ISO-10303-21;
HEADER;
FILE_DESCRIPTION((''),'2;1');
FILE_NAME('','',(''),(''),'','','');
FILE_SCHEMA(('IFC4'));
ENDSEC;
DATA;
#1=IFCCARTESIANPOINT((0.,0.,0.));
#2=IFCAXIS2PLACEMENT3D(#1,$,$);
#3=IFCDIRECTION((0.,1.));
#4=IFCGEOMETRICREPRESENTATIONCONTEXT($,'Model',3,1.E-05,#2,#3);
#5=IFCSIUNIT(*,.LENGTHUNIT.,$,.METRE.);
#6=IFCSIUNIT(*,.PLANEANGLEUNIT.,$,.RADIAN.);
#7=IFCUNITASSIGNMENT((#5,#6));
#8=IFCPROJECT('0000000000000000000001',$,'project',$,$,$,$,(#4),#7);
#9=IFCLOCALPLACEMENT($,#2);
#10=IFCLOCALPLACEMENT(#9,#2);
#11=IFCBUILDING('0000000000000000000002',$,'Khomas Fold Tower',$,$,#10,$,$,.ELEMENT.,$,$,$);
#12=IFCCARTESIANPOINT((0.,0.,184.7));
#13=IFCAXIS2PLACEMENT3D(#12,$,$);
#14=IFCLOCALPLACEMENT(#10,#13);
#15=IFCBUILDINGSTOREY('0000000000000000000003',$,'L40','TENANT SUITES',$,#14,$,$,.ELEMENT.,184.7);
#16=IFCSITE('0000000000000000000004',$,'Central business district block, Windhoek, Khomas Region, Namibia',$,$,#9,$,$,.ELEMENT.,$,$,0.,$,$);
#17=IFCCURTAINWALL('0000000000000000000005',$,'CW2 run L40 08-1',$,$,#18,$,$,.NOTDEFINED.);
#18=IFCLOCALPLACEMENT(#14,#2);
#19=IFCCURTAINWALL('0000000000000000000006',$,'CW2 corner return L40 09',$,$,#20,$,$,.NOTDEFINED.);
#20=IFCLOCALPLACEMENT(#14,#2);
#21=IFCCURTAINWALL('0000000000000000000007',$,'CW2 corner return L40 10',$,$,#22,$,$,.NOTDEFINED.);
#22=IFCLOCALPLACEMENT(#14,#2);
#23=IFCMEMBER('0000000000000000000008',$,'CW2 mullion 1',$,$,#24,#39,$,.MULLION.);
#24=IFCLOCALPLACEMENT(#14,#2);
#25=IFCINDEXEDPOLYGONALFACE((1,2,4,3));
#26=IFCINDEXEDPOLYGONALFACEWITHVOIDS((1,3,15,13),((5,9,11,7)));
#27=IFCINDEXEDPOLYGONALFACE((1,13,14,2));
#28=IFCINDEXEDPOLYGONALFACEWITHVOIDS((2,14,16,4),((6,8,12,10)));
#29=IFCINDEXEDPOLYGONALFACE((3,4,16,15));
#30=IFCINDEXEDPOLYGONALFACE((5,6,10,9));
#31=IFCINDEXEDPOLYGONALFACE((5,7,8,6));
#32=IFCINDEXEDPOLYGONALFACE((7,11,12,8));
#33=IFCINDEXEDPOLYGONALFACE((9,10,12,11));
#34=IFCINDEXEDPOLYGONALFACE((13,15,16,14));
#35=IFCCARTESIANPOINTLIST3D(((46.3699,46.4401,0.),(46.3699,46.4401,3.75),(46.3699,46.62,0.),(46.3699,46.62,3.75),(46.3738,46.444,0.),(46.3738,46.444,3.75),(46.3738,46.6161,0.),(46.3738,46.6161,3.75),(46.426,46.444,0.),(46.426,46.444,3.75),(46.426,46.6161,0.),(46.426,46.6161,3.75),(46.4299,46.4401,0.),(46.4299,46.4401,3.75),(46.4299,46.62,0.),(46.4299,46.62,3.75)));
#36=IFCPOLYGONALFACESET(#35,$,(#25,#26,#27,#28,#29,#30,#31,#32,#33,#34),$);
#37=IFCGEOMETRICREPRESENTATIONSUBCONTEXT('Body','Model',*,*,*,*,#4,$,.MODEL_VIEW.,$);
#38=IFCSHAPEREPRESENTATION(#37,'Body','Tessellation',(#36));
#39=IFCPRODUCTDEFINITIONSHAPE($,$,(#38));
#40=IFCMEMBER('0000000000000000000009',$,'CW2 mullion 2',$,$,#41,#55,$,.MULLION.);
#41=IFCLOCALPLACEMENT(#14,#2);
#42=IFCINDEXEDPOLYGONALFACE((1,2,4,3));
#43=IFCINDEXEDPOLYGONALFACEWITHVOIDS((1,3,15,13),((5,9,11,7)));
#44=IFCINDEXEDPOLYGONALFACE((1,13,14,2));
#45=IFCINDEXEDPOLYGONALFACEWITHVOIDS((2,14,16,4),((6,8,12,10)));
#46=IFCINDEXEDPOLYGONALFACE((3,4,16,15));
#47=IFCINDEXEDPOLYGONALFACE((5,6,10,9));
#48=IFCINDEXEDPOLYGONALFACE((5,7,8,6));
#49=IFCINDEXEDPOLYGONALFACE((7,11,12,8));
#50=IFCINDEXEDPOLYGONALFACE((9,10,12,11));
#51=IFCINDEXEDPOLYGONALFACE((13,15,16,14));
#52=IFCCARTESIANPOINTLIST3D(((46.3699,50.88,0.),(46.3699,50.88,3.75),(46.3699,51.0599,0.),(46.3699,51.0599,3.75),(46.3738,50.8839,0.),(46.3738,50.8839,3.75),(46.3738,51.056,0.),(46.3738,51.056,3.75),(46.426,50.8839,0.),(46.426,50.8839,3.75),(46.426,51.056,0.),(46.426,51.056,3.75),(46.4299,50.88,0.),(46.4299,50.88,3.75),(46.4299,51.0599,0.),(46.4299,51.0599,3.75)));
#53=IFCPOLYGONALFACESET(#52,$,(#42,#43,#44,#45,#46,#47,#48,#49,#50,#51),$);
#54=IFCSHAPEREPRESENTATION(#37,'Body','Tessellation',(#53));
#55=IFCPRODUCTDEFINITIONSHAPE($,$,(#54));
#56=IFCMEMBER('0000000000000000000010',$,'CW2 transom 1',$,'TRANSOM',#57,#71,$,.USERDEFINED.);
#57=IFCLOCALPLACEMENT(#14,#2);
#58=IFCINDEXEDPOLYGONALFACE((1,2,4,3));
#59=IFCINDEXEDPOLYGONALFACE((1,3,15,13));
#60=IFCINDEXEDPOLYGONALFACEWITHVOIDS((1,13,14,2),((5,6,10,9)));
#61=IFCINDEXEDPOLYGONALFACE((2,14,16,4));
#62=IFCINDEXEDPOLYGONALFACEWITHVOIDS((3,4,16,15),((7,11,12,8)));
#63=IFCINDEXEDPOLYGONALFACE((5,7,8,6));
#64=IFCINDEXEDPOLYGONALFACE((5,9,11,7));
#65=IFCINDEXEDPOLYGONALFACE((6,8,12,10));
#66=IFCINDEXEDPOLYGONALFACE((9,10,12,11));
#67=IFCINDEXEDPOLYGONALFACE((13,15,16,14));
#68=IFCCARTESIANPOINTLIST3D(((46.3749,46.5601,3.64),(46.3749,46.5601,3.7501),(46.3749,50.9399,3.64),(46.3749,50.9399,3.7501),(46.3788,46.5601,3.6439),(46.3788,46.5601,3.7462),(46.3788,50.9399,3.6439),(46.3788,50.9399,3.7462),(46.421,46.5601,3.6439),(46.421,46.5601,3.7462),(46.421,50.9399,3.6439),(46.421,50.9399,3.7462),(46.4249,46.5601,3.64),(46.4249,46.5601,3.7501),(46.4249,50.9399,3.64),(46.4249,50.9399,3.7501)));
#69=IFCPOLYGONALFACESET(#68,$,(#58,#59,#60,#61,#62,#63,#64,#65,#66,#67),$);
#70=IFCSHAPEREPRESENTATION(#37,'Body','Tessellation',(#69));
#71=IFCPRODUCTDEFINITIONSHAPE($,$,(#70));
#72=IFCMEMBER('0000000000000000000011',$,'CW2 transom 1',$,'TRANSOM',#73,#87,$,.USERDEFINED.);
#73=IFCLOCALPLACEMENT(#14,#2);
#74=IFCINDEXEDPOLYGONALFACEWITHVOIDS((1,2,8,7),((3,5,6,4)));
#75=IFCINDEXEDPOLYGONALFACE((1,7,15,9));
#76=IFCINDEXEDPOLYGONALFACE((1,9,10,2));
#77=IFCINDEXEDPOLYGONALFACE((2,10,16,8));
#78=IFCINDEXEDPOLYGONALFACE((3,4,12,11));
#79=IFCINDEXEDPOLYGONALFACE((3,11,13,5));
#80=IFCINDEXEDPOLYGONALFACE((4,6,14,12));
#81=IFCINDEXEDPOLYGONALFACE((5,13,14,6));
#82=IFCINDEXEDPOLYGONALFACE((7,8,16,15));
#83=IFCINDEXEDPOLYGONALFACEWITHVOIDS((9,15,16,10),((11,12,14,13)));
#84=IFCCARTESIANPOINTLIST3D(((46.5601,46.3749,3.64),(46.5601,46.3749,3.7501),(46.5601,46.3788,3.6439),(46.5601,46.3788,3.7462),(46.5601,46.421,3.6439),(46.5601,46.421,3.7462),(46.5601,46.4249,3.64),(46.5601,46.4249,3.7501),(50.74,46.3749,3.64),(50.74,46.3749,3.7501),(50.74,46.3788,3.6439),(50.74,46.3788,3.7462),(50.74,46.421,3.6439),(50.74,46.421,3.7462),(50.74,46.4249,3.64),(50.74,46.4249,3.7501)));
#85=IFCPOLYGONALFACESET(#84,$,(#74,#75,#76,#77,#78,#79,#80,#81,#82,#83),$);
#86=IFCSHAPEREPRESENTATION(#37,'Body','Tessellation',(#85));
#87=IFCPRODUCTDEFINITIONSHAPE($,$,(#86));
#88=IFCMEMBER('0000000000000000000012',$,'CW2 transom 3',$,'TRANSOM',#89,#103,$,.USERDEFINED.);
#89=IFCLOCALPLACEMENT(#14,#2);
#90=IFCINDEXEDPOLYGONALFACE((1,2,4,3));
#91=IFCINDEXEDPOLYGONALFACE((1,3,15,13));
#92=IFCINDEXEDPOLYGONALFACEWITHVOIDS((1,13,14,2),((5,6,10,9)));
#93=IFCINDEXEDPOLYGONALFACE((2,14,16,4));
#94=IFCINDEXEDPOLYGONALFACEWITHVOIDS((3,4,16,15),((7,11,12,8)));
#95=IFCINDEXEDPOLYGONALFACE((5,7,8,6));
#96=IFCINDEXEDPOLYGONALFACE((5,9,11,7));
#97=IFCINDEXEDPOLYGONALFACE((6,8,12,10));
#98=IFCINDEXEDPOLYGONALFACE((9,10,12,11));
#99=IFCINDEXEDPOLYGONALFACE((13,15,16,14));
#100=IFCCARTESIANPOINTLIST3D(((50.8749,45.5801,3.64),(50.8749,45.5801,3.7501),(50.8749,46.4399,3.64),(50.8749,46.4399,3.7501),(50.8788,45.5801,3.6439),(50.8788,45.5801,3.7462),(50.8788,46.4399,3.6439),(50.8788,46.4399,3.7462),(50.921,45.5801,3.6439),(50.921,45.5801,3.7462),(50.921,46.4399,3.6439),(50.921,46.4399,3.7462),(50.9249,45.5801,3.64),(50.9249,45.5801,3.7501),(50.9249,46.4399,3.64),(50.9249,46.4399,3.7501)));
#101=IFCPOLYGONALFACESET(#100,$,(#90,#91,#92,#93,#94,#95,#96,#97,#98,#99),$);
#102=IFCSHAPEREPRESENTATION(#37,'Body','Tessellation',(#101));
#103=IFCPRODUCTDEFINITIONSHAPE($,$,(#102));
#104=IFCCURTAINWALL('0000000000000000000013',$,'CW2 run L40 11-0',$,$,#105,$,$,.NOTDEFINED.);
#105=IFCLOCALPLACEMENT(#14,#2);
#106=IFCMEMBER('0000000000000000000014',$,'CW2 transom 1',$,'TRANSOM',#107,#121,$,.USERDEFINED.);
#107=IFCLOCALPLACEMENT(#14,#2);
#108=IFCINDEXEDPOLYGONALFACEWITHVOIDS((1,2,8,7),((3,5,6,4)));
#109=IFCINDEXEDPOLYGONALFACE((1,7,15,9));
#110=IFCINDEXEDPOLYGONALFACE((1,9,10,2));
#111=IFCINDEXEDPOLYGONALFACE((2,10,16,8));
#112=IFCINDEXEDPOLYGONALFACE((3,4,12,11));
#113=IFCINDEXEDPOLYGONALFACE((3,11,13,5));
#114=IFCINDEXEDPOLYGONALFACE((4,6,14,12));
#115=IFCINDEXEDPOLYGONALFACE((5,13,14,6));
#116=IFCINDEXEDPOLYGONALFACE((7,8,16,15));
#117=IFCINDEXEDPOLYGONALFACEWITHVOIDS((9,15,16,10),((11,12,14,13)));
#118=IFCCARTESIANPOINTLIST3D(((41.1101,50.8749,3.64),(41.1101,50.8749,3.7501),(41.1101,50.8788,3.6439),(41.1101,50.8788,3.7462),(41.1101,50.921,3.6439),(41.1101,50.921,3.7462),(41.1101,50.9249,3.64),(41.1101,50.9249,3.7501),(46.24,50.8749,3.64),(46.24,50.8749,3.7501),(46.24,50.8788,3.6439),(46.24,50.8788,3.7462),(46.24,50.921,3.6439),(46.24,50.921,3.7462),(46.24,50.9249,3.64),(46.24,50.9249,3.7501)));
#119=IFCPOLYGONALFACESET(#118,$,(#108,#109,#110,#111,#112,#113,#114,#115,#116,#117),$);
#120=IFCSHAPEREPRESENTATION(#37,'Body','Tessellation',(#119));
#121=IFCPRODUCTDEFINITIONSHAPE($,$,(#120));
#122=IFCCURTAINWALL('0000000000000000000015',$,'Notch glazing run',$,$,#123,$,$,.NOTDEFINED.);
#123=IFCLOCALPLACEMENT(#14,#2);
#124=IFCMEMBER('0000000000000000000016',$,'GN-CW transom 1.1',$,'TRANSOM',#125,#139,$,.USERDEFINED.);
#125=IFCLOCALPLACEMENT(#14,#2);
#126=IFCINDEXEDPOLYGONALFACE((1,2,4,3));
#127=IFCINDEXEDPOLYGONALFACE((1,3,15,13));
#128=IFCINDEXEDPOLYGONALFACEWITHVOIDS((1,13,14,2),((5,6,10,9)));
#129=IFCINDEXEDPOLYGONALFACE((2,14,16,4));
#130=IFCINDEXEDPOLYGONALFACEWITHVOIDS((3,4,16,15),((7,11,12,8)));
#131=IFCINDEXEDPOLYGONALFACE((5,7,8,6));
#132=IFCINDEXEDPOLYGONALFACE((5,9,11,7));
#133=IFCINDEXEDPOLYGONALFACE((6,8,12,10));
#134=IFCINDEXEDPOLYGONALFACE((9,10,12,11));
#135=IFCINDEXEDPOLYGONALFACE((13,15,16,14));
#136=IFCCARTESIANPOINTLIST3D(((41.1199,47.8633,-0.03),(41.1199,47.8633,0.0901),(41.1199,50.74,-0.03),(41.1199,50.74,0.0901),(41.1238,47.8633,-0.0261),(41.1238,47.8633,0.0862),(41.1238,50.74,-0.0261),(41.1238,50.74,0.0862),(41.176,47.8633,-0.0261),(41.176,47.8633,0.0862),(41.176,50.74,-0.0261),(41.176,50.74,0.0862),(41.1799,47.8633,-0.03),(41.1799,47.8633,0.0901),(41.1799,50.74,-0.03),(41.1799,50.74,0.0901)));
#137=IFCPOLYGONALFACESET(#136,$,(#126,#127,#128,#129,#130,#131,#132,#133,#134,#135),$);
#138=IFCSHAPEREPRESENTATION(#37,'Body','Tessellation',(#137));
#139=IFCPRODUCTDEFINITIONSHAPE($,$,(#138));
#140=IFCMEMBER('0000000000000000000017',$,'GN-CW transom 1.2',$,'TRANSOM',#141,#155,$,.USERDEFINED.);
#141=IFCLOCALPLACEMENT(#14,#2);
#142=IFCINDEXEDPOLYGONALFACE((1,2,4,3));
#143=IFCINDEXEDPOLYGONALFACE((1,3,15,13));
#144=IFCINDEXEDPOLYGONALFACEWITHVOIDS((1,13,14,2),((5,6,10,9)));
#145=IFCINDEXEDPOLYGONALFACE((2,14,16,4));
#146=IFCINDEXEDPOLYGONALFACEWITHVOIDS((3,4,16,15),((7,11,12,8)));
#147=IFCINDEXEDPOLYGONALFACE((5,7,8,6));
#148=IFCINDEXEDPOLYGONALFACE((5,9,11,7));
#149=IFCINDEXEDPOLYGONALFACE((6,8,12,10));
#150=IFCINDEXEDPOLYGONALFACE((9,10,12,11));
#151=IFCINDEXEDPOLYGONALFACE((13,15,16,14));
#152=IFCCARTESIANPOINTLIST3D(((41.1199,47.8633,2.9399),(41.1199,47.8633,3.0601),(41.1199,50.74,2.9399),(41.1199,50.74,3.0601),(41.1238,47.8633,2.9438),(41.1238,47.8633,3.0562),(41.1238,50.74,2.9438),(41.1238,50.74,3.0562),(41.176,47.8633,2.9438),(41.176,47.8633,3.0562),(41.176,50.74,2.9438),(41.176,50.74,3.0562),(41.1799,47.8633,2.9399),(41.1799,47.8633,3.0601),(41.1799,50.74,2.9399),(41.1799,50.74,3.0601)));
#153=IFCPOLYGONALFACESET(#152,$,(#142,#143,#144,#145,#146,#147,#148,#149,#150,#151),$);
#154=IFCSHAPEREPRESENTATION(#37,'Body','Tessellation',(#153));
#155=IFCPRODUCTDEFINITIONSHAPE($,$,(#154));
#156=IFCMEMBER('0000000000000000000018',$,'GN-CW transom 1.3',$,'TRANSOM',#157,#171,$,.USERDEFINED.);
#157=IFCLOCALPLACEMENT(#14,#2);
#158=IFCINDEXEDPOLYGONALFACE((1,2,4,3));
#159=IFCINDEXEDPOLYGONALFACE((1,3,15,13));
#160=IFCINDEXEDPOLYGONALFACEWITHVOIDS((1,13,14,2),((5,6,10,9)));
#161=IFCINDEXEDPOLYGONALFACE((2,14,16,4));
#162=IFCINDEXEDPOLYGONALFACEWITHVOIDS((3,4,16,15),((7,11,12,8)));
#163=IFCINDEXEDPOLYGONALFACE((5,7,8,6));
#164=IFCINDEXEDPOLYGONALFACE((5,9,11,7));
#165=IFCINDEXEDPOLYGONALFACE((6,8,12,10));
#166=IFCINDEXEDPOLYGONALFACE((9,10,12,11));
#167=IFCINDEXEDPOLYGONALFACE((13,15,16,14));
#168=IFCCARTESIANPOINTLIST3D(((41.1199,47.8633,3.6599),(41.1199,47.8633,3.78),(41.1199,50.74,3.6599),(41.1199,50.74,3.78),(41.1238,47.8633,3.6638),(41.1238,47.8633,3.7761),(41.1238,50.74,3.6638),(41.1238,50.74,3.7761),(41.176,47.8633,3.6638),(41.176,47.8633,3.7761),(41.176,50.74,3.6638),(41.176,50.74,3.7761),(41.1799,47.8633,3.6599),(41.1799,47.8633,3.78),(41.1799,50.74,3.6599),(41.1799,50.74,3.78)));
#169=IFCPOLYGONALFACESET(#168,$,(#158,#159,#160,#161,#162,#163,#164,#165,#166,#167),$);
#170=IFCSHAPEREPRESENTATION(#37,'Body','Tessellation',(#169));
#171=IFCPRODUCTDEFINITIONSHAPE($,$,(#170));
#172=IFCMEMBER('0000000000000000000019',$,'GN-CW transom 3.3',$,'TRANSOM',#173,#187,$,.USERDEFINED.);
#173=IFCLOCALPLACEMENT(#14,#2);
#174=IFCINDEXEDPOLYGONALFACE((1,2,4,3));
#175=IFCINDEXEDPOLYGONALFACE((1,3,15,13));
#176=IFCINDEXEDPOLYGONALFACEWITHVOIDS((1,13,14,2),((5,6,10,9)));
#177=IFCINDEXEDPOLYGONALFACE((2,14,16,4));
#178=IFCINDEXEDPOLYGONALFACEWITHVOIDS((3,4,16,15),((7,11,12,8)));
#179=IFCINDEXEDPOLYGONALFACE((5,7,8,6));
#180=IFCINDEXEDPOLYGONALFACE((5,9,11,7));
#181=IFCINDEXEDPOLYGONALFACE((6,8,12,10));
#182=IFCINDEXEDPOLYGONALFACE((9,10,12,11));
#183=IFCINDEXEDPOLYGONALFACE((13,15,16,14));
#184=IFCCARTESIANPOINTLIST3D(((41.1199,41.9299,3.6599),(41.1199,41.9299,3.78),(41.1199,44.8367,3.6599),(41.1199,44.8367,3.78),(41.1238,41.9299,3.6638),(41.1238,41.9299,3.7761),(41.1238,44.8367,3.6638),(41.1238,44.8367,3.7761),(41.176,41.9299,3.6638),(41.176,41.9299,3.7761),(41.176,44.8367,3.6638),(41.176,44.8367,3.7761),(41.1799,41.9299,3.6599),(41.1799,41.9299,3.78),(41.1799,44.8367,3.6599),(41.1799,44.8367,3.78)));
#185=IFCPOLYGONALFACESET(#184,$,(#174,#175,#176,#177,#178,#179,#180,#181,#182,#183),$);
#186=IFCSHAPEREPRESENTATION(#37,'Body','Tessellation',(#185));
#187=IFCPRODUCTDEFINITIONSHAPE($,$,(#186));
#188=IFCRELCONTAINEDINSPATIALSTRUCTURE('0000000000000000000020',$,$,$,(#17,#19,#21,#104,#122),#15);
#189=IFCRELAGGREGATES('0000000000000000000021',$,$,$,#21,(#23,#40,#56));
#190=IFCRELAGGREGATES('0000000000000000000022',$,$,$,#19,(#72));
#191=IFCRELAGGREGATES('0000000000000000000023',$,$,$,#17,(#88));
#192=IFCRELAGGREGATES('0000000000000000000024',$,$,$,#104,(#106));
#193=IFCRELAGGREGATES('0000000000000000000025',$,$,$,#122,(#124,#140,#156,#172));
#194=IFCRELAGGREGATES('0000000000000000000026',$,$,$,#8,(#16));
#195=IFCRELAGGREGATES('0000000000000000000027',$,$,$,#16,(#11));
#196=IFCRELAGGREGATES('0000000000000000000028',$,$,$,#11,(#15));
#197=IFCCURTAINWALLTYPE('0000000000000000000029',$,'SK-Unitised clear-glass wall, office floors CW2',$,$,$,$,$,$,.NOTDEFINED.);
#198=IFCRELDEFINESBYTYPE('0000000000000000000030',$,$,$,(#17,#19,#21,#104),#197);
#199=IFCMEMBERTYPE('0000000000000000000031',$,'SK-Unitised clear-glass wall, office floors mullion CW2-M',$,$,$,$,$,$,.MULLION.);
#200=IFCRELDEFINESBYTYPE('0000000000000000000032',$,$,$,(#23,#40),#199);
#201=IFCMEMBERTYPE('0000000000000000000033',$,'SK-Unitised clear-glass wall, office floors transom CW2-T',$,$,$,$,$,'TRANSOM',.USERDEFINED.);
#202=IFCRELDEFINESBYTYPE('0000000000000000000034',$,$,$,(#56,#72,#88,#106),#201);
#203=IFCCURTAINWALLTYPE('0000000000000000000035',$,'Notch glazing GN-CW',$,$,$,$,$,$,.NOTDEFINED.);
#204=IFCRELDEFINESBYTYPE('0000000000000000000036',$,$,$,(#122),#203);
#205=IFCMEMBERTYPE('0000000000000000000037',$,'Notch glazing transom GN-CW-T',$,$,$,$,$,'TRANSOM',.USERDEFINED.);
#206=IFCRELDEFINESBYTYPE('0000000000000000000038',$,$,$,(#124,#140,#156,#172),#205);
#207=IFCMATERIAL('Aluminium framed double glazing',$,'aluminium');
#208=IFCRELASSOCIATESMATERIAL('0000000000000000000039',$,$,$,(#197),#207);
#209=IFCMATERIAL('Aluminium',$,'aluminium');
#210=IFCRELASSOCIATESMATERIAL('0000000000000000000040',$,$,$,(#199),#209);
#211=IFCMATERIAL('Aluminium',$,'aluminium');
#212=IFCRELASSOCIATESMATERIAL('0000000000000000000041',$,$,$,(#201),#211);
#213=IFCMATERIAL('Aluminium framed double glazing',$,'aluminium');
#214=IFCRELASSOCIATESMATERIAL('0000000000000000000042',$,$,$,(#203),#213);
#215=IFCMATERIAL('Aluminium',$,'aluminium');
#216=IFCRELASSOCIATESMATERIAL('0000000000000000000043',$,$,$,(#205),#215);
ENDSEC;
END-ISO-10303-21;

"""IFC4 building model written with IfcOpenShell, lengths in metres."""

from ifc_helpers import new_model, si_unit, direction, frame, origin, origin_2d, place, context, subcontext, project, spatial, hollow_rectangle, extrude, source, transform, mapped, material, material_profile, profile_set, type_object, element, aggregate, save


model = new_model("IFC4")

# Units and contexts
model_context = context("Model", 3, precision=1e-05, world=origin(), true_north=direction((0.0, 1.0)))
body_context = subcontext(model_context, "Body", "Model", "MODEL_VIEW")
ifc_project = project(units=[si_unit("LENGTHUNIT", "METRE"), si_unit("PLANEANGLEUNIT", "RADIAN")], contexts=[model_context])

# Site, building, storey
site_placement = place(None, origin())
site = spatial("IfcSite", under=ifc_project, at=site_placement, Name="Central business district block, Windhoek, Khomas Region, Namibia", CompositionType="ELEMENT", RefElevation=0.0)
building_placement = place(site_placement, origin())
building = spatial("IfcBuilding", under=site, at=building_placement, Name="Khomas Fold Tower", CompositionType="ELEMENT")
storey_placement = place(building_placement, frame((0.0, 0.0, 184.7)))
storey = spatial("IfcBuildingStorey", under=building, at=storey_placement, Name="L40", Description="TENANT SUITES", CompositionType="ELEMENT", Elevation=184.7)

# Curtain walls, members
ifc_material_1 = material(Name="Aluminium framed double glazing", Category="aluminium")
curtain_wall_type_1 = type_object("IfcCurtainWallType", Name="SK-Unitised clear-glass wall, office floors CW2", PredefinedType="NOTDEFINED", material=ifc_material_1)
curtain_wall_1_placement = place(storey_placement, origin())
curtain_wall_1 = element("IfcCurtainWall", 1, at=curtain_wall_1_placement, inside=storey, type_object=curtain_wall_type_1, Name="CW2 run L40 08-1", PredefinedType="NOTDEFINED")
ifc_material_2 = material(Name="Aluminium", Category="aluminium")
ifc_material_profile_1 = material_profile(ifc_material_2, hollow_rectangle(XDim=0.0601, YDim=0.1799, WallThickness=0.0039, at=origin_2d()), Name="SK-Unitised clear-glass wall, office floors mullion CW2-M")
ifc_profile_set_1 = profile_set([ifc_material_profile_1], Name="Aluminium")
member_type_1 = type_object("IfcMemberType", Name="SK-Unitised clear-glass wall, office floors mullion CW2-M", PredefinedType="MULLION", material=ifc_profile_set_1)
shared_shape_1 = source(origin(), body_context, "Body", "SweptSolid", [
    extrude(hollow_rectangle(XDim=0.0601, YDim=0.1799, WallThickness=0.0039, at=origin_2d()), origin(), (0.0, 0.0, 1.0), 3.75),
])
curtain_wall_2_placement = place(storey_placement, origin())
curtain_wall_2 = element("IfcCurtainWall", 2, at=curtain_wall_2_placement, inside=storey, type_object=curtain_wall_type_1, Name="CW2 corner return L40 09", PredefinedType="NOTDEFINED")
curtain_wall_3_placement = place(storey_placement, origin())
curtain_wall_3 = element("IfcCurtainWall", 3, at=curtain_wall_3_placement, inside=storey, type_object=curtain_wall_type_1, Name="CW2 corner return L40 10", PredefinedType="NOTDEFINED")
member_1_placement = place(storey_placement, frame((46.3999, 46.53, 0.0), z_axis=(0.0, 0.0, 1.0), x_axis=(-1.0, 0.0, 0.0)))
member_1 = element("IfcMember", 4, at=member_1_placement, type_object=member_type_1, Name="CW2 mullion 1", PredefinedType="MULLION", context=body_context, shape_type="MappedRepresentation", body=[
    mapped(shared_shape_1, transform((0.0, 0.0, 0.0))),
])
member_2_placement = place(storey_placement, frame((46.3999, 50.97, 0.0), z_axis=(0.0, 0.0, 1.0), x_axis=(-1.0, 0.0, 0.0)))
member_2 = element("IfcMember", 5, at=member_2_placement, type_object=member_type_1, Name="CW2 mullion 2", PredefinedType="MULLION", context=body_context, shape_type="MappedRepresentation", body=[
    mapped(shared_shape_1, transform((0.0, 0.0, 0.0))),
])
ifc_material_3 = material(Name="Aluminium", Category="aluminium")
ifc_material_profile_2 = material_profile(ifc_material_3, hollow_rectangle(XDim=0.05, YDim=0.1101, WallThickness=0.0039, at=origin_2d()), Name="SK-Unitised clear-glass wall, office floors transom CW2-T")
ifc_profile_set_2 = profile_set([ifc_material_profile_2], Name="Aluminium")
member_type_2 = type_object("IfcMemberType", Name="SK-Unitised clear-glass wall, office floors transom CW2-T", ElementType="TRANSOM", PredefinedType="USERDEFINED", material=ifc_profile_set_2)
shared_shape_2 = source(origin(), body_context, "Body", "SweptSolid", [
    extrude(hollow_rectangle(XDim=0.05, YDim=0.1101, WallThickness=0.0039, at=origin_2d()), origin(), (0.0, 0.0, 1.0), 4.3799),
])
member_3_placement = place(storey_placement, frame((46.3999, 46.5601, 3.6951), z_axis=(0.0, 1.0, 0.0), x_axis=(-1.0, 0.0, 0.0)))
member_3 = element("IfcMember", 6, at=member_3_placement, type_object=member_type_2, Name="CW2 transom 1", ObjectType="TRANSOM", PredefinedType="USERDEFINED", context=body_context, shape_type="MappedRepresentation", body=[
    mapped(shared_shape_2, transform((0.0, 0.0, 0.0))),
])

# Members
shared_shape_3 = source(origin(), body_context, "Body", "SweptSolid", [
    extrude(hollow_rectangle(XDim=0.05, YDim=0.1101, WallThickness=0.0039, at=origin_2d()), origin(), (0.0, 0.0, 1.0), 4.1799),
])
member_4_placement = place(storey_placement, frame((50.74, 46.3999, 3.6951), z_axis=(-1.0, 0.0, 0.0), x_axis=(0.0, -1.0, 0.0)))
member_4 = element("IfcMember", 7, at=member_4_placement, type_object=member_type_2, Name="CW2 transom 1", ObjectType="TRANSOM", PredefinedType="USERDEFINED", context=body_context, shape_type="MappedRepresentation", body=[
    mapped(shared_shape_3, transform((0.0, 0.0, 0.0))),
])
shared_shape_4 = source(origin(), body_context, "Body", "SweptSolid", [
    extrude(hollow_rectangle(XDim=0.05, YDim=0.1101, WallThickness=0.0039, at=origin_2d()), origin(), (0.0, 0.0, 1.0), 0.8599),
])
member_5_placement = place(storey_placement, frame((50.8999, 45.5801, 3.6951), z_axis=(0.0, 1.0, 0.0), x_axis=(-1.0, 0.0, 0.0)))
member_5 = element("IfcMember", 8, at=member_5_placement, type_object=member_type_2, Name="CW2 transom 3", ObjectType="TRANSOM", PredefinedType="USERDEFINED", context=body_context, shape_type="MappedRepresentation", body=[
    mapped(shared_shape_4, transform((0.0, 0.0, 0.0))),
])

# Curtain wall, member
curtain_wall_4_placement = place(storey_placement, origin())
curtain_wall_4 = element("IfcCurtainWall", 9, at=curtain_wall_4_placement, inside=storey, type_object=curtain_wall_type_1, Name="CW2 run L40 11-0", PredefinedType="NOTDEFINED")
shared_shape_5 = source(origin(), body_context, "Body", "SweptSolid", [
    extrude(hollow_rectangle(XDim=0.05, YDim=0.1101, WallThickness=0.0039, at=origin_2d()), origin(), (0.0, 0.0, 1.0), 5.1299),
])
member_6_placement = place(storey_placement, frame((46.24, 50.8999, 3.6951), z_axis=(-1.0, 0.0, 0.0), x_axis=(0.0, -1.0, 0.0)))
member_6 = element("IfcMember", 10, at=member_6_placement, type_object=member_type_2, Name="CW2 transom 1", ObjectType="TRANSOM", PredefinedType="USERDEFINED", context=body_context, shape_type="MappedRepresentation", body=[
    mapped(shared_shape_5, transform((0.0, 0.0, 0.0))),
])

# Curtain wall, members
ifc_material_4 = material(Name="Aluminium framed double glazing", Category="aluminium")
curtain_wall_type_2 = type_object("IfcCurtainWallType", Name="Notch glazing GN-CW", PredefinedType="NOTDEFINED", material=ifc_material_4)
curtain_wall_5_placement = place(storey_placement, origin())
curtain_wall_5 = element("IfcCurtainWall", 11, at=curtain_wall_5_placement, inside=storey, type_object=curtain_wall_type_2, Name="Notch glazing run", PredefinedType="NOTDEFINED")
ifc_material_5 = material(Name="Aluminium", Category="aluminium")
ifc_material_profile_3 = material_profile(ifc_material_5, hollow_rectangle(XDim=0.0601, YDim=0.1201, WallThickness=0.0039, at=origin_2d()), Name="Notch glazing transom GN-CW-T")
ifc_profile_set_3 = profile_set([ifc_material_profile_3], Name="Aluminium")
member_type_3 = type_object("IfcMemberType", Name="Notch glazing transom GN-CW-T", ElementType="TRANSOM", PredefinedType="USERDEFINED", material=ifc_profile_set_3)
shared_shape_6 = source(origin(), body_context, "Body", "SweptSolid", [
    extrude(hollow_rectangle(XDim=0.0601, YDim=0.1201, WallThickness=0.0039, at=origin_2d()), origin(), (0.0, 0.0, 1.0), 2.8767),
])
member_7_placement = place(storey_placement, frame((41.1499, 50.74, 0.03), z_axis=(0.0, -1.0, 0.0), x_axis=(1.0, 0.0, 0.0)))
member_7 = element("IfcMember", 12, at=member_7_placement, type_object=member_type_3, Name="GN-CW transom 1.1", ObjectType="TRANSOM", PredefinedType="USERDEFINED", context=body_context, shape_type="MappedRepresentation", body=[
    mapped(shared_shape_6, transform((0.0, 0.0, 0.0))),
])
member_8_placement = place(storey_placement, frame((41.1499, 50.74, 3.0), z_axis=(0.0, -1.0, 0.0), x_axis=(1.0, 0.0, 0.0)))
member_8 = element("IfcMember", 13, at=member_8_placement, type_object=member_type_3, Name="GN-CW transom 1.2", ObjectType="TRANSOM", PredefinedType="USERDEFINED", context=body_context, shape_type="MappedRepresentation", body=[
    mapped(shared_shape_6, transform((0.0, 0.0, 0.0))),
])
member_9_placement = place(storey_placement, frame((41.1499, 50.74, 3.72), z_axis=(0.0, -1.0, 0.0), x_axis=(1.0, 0.0, 0.0)))
member_9 = element("IfcMember", 14, at=member_9_placement, type_object=member_type_3, Name="GN-CW transom 1.3", ObjectType="TRANSOM", PredefinedType="USERDEFINED", context=body_context, shape_type="MappedRepresentation", body=[
    mapped(shared_shape_6, transform((0.0, 0.0, 0.0))),
])
shared_shape_7 = source(origin(), body_context, "Body", "SweptSolid", [
    extrude(hollow_rectangle(XDim=0.0601, YDim=0.1201, WallThickness=0.0039, at=origin_2d()), origin(), (0.0, 0.0, 1.0), 2.9067),
])
member_10_placement = place(storey_placement, frame((41.1499, 44.8367, 3.72), z_axis=(0.0, -1.0, 0.0), x_axis=(1.0, 0.0, 0.0)))
member_10 = element("IfcMember", 15, at=member_10_placement, type_object=member_type_3, Name="GN-CW transom 3.3", ObjectType="TRANSOM", PredefinedType="USERDEFINED", context=body_context, shape_type="MappedRepresentation", body=[
    mapped(shared_shape_7, transform((0.0, 0.0, 0.0))),
])

aggregate(curtain_wall_3, [member_1, member_2, member_3])
aggregate(curtain_wall_2, [member_4])
aggregate(curtain_wall_1, [member_5])
aggregate(curtain_wall_4, [member_6])
aggregate(curtain_wall_5, [member_7, member_8, member_9, member_10])

save(model, "model.ifc")
